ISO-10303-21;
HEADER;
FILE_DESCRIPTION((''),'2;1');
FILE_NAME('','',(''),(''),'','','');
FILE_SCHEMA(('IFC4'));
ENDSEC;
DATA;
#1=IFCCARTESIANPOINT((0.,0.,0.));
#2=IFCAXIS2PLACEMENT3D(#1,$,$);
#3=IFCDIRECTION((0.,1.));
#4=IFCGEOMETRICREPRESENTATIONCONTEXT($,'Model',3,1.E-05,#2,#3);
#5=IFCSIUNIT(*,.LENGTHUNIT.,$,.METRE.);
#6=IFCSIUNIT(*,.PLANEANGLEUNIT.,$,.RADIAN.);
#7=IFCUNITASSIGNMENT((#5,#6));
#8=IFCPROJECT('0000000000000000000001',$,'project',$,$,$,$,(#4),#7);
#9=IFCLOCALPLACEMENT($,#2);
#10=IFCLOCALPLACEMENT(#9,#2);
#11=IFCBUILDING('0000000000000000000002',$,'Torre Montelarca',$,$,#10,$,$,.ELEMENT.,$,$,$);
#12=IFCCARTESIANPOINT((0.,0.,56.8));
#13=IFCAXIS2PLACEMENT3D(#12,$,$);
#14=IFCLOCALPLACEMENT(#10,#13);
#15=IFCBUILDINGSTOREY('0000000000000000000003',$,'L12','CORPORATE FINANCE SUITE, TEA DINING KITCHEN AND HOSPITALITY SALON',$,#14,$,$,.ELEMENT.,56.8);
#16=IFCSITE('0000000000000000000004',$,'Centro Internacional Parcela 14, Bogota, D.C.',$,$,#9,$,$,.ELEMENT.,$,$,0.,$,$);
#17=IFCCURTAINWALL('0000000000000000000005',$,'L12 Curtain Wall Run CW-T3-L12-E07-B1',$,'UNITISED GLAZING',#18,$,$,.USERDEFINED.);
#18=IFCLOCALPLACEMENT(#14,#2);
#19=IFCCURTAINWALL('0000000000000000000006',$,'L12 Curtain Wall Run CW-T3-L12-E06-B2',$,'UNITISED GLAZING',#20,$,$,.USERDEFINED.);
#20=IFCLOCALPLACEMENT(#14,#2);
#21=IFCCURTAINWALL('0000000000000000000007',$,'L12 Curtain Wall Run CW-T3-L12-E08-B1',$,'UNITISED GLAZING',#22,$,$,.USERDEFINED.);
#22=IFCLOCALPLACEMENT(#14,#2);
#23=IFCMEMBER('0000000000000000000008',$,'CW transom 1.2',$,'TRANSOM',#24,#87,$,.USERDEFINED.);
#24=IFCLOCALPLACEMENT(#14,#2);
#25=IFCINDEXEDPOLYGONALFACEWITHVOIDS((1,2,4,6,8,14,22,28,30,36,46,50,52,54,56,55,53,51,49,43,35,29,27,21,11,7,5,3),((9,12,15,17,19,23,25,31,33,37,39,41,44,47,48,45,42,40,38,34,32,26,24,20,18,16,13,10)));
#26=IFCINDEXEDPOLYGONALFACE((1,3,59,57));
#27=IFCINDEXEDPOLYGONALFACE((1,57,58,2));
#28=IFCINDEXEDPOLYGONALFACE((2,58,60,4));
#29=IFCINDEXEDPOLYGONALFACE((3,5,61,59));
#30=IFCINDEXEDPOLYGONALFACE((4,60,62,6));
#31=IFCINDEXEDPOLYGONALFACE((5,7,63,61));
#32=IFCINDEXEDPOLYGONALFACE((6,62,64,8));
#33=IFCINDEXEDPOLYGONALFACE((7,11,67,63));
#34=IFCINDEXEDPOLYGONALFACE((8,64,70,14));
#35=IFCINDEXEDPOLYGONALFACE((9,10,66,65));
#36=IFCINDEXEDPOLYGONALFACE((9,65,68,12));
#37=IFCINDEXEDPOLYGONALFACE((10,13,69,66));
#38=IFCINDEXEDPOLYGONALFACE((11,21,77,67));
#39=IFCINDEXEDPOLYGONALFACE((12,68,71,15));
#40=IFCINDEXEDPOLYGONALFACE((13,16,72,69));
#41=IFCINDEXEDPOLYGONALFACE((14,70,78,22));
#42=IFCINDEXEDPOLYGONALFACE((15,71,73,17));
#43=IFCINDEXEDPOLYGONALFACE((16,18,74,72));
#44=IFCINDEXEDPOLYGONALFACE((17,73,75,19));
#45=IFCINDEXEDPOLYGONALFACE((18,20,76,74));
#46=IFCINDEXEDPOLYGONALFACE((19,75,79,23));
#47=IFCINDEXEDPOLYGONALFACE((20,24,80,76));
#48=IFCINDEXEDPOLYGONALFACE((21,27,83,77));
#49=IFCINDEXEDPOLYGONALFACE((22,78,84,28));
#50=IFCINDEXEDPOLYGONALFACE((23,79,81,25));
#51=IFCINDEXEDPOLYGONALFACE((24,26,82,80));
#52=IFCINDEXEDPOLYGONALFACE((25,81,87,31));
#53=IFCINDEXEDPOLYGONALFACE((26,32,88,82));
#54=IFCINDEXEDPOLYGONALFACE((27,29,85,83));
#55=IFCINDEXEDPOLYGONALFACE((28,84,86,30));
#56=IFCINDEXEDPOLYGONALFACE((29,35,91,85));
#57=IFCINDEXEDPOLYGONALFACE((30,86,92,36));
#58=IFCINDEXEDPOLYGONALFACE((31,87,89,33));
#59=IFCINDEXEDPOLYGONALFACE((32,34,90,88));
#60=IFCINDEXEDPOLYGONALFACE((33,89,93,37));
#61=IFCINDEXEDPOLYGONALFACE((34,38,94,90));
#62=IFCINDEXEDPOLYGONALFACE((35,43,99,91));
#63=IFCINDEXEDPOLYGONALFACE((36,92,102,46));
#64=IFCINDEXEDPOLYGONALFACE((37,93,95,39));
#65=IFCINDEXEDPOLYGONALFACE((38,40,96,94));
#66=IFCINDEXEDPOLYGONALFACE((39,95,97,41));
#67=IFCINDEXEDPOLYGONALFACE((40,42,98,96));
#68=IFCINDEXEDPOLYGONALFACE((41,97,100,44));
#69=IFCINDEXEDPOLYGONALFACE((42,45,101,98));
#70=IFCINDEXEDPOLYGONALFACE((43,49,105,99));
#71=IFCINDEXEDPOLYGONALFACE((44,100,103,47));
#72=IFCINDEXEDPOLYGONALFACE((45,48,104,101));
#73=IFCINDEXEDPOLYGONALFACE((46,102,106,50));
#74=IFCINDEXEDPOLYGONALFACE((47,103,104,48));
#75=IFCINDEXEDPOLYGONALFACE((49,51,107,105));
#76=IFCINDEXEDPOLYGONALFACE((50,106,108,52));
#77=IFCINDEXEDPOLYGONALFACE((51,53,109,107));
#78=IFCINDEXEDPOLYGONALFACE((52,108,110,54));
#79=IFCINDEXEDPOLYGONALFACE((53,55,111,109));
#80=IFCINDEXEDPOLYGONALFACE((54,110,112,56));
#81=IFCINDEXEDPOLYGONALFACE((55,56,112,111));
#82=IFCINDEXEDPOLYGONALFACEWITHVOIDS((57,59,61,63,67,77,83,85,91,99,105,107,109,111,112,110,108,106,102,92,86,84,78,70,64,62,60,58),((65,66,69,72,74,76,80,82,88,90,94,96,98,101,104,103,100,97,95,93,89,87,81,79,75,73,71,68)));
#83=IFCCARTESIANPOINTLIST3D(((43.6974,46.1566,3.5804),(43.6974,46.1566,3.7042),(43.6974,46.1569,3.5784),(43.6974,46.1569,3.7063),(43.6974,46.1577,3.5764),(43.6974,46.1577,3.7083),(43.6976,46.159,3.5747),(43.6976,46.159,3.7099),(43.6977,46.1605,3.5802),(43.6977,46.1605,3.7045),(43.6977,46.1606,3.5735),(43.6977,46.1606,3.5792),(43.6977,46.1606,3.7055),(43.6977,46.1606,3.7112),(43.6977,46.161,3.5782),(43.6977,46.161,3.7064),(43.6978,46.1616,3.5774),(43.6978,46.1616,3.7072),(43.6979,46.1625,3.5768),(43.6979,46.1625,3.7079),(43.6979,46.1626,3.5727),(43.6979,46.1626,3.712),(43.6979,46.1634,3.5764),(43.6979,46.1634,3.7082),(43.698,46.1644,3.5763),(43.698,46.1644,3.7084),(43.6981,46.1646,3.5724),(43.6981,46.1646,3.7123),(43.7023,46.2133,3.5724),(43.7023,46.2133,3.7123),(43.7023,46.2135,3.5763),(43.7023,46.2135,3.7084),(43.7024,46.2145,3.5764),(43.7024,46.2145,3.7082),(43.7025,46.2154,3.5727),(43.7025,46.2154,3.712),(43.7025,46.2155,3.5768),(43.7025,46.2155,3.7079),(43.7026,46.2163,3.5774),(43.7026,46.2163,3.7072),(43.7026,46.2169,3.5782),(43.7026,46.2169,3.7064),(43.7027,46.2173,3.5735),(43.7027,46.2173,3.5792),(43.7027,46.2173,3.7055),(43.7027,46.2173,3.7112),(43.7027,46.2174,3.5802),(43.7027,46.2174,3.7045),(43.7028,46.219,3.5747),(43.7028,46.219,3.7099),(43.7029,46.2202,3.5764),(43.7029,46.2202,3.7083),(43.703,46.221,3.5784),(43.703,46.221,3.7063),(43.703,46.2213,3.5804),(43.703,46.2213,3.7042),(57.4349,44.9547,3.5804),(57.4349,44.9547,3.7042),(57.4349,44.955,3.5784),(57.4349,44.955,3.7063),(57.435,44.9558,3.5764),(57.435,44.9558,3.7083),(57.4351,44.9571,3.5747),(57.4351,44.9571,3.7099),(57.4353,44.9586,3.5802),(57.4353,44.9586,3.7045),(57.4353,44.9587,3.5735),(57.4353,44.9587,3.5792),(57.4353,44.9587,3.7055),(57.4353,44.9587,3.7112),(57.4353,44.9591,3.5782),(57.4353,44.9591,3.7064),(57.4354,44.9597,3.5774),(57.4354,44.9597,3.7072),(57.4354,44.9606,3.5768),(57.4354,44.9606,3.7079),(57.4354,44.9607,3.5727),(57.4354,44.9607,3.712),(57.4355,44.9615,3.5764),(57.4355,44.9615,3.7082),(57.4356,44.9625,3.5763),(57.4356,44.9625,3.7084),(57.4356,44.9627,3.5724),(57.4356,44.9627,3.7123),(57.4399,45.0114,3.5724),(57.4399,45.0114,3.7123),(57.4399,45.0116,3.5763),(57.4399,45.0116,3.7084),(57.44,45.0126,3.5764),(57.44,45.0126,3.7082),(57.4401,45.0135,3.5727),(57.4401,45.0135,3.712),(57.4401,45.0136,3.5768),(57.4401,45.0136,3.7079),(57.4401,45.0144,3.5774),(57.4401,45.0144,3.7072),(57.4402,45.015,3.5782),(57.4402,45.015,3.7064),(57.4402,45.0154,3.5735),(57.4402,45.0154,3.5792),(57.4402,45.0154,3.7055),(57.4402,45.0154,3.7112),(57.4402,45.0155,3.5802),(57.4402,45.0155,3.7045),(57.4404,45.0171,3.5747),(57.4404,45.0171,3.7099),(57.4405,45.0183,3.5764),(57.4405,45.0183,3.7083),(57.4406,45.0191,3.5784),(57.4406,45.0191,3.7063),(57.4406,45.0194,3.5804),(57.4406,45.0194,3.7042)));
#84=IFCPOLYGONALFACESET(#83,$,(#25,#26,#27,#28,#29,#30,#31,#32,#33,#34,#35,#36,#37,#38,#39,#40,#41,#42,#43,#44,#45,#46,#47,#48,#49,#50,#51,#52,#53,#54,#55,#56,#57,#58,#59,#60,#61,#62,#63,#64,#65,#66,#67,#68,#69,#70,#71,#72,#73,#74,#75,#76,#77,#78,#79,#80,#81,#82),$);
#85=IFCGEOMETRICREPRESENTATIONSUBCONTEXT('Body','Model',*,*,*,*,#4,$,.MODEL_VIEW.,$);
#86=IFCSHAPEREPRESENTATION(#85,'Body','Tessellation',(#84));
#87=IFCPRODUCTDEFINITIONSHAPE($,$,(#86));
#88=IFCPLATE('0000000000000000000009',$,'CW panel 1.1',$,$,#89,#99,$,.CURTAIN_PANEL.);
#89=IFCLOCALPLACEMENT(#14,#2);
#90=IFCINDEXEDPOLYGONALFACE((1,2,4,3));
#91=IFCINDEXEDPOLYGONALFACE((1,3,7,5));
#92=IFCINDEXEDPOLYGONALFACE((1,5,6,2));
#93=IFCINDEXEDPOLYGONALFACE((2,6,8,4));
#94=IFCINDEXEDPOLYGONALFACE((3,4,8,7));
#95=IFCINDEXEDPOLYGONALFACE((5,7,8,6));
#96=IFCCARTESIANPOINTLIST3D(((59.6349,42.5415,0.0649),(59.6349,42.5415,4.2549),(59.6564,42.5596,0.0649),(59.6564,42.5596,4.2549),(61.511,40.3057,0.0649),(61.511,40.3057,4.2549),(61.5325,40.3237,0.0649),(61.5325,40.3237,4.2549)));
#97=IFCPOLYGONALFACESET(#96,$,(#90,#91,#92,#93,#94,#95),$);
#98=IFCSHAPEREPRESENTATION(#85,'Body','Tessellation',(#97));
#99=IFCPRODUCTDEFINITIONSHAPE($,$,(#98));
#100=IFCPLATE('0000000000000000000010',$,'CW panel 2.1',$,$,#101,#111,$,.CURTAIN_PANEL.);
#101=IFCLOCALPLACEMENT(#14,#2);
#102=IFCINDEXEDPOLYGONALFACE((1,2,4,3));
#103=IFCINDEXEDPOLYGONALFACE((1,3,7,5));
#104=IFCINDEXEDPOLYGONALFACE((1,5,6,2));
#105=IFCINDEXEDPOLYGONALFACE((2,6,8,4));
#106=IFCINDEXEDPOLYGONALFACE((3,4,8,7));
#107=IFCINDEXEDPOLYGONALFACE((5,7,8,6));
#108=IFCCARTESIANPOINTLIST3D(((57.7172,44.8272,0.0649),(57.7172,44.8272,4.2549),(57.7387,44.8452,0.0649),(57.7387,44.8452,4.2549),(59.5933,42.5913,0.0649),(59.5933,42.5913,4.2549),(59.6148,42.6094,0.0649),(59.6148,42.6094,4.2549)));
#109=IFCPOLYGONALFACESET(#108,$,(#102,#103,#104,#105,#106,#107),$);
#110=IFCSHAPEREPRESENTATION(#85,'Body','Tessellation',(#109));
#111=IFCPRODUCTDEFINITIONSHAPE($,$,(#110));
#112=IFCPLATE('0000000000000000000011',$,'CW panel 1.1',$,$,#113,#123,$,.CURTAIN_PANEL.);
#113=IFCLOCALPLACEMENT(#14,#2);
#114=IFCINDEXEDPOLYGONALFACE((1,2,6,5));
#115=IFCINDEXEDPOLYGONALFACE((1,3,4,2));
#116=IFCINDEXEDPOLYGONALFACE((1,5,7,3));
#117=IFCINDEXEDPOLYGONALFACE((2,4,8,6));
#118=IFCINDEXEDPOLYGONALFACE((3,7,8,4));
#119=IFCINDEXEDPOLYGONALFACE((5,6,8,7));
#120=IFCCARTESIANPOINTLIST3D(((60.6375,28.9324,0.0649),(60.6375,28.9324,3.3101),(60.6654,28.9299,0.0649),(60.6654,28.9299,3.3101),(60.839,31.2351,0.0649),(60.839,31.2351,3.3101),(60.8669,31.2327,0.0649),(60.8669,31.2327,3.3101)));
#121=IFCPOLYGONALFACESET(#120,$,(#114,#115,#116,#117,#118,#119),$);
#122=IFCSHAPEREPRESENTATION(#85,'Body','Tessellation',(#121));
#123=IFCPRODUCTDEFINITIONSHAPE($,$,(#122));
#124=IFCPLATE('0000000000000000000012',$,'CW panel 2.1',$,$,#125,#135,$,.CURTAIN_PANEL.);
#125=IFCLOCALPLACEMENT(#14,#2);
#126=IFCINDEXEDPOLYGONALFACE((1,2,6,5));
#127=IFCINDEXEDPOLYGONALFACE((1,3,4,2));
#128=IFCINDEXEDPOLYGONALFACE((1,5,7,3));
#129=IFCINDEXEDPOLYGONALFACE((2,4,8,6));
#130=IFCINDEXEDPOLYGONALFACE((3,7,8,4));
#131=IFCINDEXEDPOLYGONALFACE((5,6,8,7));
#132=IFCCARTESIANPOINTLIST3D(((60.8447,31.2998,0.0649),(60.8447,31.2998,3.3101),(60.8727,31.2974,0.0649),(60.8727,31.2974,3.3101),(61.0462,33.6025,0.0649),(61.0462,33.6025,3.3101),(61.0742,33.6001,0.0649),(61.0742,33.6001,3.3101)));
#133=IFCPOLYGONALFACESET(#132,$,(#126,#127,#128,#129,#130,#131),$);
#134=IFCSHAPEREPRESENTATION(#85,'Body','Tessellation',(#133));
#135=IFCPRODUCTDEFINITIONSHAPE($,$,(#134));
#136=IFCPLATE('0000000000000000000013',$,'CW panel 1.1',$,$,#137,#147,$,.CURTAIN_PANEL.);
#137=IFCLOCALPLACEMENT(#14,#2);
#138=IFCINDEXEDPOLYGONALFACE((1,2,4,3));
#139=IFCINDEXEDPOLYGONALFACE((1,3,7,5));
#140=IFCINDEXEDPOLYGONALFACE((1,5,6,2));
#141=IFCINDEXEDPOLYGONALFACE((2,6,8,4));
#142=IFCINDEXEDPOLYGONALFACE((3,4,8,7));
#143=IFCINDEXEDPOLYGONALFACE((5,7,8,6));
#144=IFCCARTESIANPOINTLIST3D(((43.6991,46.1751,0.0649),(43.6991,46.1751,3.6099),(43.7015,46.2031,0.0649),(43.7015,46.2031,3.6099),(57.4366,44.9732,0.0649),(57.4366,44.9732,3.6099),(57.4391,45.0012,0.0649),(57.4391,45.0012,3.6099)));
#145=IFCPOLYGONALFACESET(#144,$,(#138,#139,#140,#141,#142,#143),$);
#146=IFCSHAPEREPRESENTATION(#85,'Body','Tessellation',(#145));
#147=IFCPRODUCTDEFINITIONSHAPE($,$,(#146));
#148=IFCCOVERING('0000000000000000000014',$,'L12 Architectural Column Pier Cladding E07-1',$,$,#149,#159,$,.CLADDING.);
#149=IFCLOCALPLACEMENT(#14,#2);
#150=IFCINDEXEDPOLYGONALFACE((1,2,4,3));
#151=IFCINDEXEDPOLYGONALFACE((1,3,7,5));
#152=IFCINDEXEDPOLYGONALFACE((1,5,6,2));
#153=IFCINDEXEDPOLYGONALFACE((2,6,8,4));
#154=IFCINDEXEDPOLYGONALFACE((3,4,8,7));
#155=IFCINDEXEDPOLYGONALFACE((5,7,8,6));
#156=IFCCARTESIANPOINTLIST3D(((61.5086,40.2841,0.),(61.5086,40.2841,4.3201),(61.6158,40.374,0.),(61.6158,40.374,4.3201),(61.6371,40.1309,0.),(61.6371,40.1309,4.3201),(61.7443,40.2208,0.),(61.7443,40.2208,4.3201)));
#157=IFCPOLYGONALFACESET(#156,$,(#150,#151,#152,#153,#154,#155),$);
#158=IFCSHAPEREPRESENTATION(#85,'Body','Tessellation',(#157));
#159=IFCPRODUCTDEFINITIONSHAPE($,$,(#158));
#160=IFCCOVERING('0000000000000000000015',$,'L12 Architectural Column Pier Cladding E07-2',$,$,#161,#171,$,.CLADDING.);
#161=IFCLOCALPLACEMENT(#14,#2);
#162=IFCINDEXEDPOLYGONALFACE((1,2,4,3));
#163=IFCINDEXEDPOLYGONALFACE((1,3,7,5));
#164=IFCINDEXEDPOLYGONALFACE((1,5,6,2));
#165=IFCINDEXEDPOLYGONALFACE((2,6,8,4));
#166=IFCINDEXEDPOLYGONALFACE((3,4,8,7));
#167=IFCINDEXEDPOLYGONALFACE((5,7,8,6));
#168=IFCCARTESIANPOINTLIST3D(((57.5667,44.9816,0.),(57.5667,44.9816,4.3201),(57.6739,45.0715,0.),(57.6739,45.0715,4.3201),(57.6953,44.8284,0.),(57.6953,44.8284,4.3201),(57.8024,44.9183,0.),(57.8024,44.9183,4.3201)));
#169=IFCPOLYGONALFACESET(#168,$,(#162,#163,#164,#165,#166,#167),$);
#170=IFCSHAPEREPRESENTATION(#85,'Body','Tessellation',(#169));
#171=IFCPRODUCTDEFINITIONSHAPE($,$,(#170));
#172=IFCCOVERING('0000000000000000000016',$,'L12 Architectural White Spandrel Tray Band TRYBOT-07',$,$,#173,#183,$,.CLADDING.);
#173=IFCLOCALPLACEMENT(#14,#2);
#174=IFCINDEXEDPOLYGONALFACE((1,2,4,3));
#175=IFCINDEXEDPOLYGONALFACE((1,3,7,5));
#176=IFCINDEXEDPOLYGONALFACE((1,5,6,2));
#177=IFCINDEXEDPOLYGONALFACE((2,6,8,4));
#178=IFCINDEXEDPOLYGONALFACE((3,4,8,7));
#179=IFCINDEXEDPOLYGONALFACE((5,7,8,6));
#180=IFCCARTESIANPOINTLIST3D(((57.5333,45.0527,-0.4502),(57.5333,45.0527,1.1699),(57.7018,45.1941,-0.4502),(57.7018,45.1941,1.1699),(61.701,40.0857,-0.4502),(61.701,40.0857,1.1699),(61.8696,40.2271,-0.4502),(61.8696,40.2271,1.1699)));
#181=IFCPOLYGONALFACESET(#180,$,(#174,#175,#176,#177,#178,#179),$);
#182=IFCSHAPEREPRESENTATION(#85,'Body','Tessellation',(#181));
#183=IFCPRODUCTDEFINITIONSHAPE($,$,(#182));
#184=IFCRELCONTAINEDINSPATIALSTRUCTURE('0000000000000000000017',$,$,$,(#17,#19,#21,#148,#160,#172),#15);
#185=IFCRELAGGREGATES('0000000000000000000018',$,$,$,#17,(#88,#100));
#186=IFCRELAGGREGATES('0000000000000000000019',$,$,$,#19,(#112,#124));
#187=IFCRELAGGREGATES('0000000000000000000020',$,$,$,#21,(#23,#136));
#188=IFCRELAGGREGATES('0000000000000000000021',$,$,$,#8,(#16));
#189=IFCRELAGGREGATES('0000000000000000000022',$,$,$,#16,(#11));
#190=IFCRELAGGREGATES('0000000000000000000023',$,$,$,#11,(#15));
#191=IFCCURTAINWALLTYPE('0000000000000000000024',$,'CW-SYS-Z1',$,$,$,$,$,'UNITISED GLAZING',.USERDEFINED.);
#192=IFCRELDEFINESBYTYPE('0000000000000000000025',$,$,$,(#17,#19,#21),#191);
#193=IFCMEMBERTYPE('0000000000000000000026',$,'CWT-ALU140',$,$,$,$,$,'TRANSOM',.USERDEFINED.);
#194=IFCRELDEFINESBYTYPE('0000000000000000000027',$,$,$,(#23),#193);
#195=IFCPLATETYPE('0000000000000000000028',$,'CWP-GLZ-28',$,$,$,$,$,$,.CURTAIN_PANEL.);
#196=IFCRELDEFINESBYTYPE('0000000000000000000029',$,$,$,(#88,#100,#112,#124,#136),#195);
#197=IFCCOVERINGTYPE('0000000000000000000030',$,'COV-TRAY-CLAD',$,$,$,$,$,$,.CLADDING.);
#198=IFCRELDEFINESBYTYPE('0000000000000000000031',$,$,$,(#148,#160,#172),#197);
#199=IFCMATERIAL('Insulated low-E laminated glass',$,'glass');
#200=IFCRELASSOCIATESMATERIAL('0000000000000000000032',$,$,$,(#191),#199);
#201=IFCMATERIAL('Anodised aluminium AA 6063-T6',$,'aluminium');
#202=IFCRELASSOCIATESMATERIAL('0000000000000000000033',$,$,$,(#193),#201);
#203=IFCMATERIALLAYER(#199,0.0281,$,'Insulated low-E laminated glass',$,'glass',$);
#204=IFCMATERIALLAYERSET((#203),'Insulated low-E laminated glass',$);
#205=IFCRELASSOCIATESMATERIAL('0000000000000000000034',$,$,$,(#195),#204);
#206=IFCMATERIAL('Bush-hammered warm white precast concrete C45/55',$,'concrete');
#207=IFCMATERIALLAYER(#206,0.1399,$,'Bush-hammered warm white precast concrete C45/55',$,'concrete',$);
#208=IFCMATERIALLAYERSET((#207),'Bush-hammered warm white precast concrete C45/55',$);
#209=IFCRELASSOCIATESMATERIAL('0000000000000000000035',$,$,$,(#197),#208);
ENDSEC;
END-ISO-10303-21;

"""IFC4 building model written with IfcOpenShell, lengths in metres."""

from ifc_helpers import new_model, si_unit, direction, frame, origin, origin_2d, place, context, subcontext, project, spatial, rectangle, hollow_rectangle, extrude, source, transform, mapped, material, layer, layer_set, material_profile, profile_set, type_object, element, aggregate, save


model = new_model("IFC4")

# Units and contexts
model_context = context("Model", 3, precision=1e-05, world=origin(), true_north=direction((0.0, 1.0)))
body_context = subcontext(model_context, "Body", "Model", "MODEL_VIEW")
ifc_project = project(units=[si_unit("LENGTHUNIT", "METRE"), si_unit("PLANEANGLEUNIT", "RADIAN")], contexts=[model_context])

# Site, building, storey
site_placement = place(None, origin())
site = spatial("IfcSite", under=ifc_project, at=site_placement, Name="Centro Internacional Parcela 14, Bogota, D.C.", CompositionType="ELEMENT", RefElevation=0.0)
building_placement = place(site_placement, origin())
building = spatial("IfcBuilding", under=site, at=building_placement, Name="Torre Montelarca", CompositionType="ELEMENT")
storey_placement = place(building_placement, frame((0.0, 0.0, 56.8)))
storey = spatial("IfcBuildingStorey", under=building, at=storey_placement, Name="L12", Description="CORPORATE FINANCE SUITE, TEA DINING KITCHEN AND HOSPITALITY SALON", CompositionType="ELEMENT", Elevation=56.8)

# Curtain walls
ifc_material_1 = material(Name="Insulated low-E laminated glass", Category="glass")
curtain_wall_type = type_object("IfcCurtainWallType", Name="CW-SYS-Z1", ElementType="UNITISED GLAZING", PredefinedType="USERDEFINED", material=ifc_material_1)
curtain_wall_1_placement = place(storey_placement, origin())
curtain_wall_1 = element("IfcCurtainWall", 1, at=curtain_wall_1_placement, inside=storey, type_object=curtain_wall_type, Name="L12 Curtain Wall Run CW-T3-L12-E07-B1", ObjectType="UNITISED GLAZING", PredefinedType="USERDEFINED")
ifc_material_2 = material(Name="Anodised aluminium AA 6063-T6", Category="aluminium")
ifc_material_profile_1 = material_profile(ifc_material_2, hollow_rectangle(XDim=0.0649, YDim=0.1399, WallThickness=0.0039, InnerFilletRadius=0.0039, OuterFilletRadius=0.0081, at=origin_2d()), Name="ALU65X140X4", Category="aluminium")
ifc_profile_set_1 = profile_set([ifc_material_profile_1], Name="Anodised aluminium AA 6063-T6")
member_type_1 = type_object("IfcMemberType", Name="CWT-ALU140", ElementType="TRANSOM", PredefinedType="USERDEFINED", material=ifc_profile_set_1)
curtain_wall_2_placement = place(storey_placement, origin())
curtain_wall_2 = element("IfcCurtainWall", 2, at=curtain_wall_2_placement, inside=storey, type_object=curtain_wall_type, Name="L12 Curtain Wall Run CW-T3-L12-E06-B2", ObjectType="UNITISED GLAZING", PredefinedType="USERDEFINED")

# Curtain wall
curtain_wall_3_placement = place(storey_placement, origin())
curtain_wall_3 = element("IfcCurtainWall", 3, at=curtain_wall_3_placement, inside=storey, type_object=curtain_wall_type, Name="L12 Curtain Wall Run CW-T3-L12-E08-B1", ObjectType="UNITISED GLAZING", PredefinedType="USERDEFINED")

# Member
shared_shape_1 = source(origin(), body_context, "Body", "SweptSolid", [
    extrude(hollow_rectangle(XDim=0.0649, YDim=0.1399, WallThickness=0.0039, InnerFilletRadius=0.0039, OuterFilletRadius=0.0081, at=origin_2d()), origin(), (0.0, 0.0, 1.0), 13.79),
])
member_1_placement = place(storey_placement, frame((57.4377, 44.9871, 3.6423), z_axis=(-0.996195, 0.087158, 0.0), x_axis=(-0.087158, -0.996195, 0.0)))
member_1 = element("IfcMember", 4, at=member_1_placement, type_object=member_type_1, Name="CW transom 1.2", ObjectType="TRANSOM", PredefinedType="USERDEFINED", context=body_context, shape_type="MappedRepresentation", body=[
    mapped(shared_shape_1, transform((0.0, 0.0, 0.0), scale=1.0)),
])

# Plates
ifc_layer_1 = layer(ifc_material_1, 0.0281, Name="Insulated low-E laminated glass", Category="glass")
ifc_layer_set_1 = layer_set([ifc_layer_1], Name="Insulated low-E laminated glass")
plate_type = type_object("IfcPlateType", Name="CWP-GLZ-28", PredefinedType="CURTAIN_PANEL", material=ifc_layer_set_1)
shared_shape_2 = source(origin(), body_context, "Body", "SweptSolid", [
    extrude(rectangle(XDim=2.9187, YDim=0.0281, at=origin_2d()), origin(), (0.0, 0.0, 1.0), 4.1899),
])
plate_1_placement = place(storey_placement, frame((60.5837, 41.4326, 0.0649), z_axis=(0.0, 0.0, 1.0), x_axis=(-0.64279, 0.766043, 0.0)))
plate_1 = element("IfcPlate", 5, at=plate_1_placement, type_object=plate_type, Name="CW panel 1.1", PredefinedType="CURTAIN_PANEL", context=body_context, shape_type="MappedRepresentation", body=[
    mapped(shared_shape_2, transform((0.0, 0.0, 0.0), scale=1.0)),
])
plate_2_placement = place(storey_placement, frame((58.666, 43.7183, 0.0649), z_axis=(0.0, 0.0, 1.0), x_axis=(-0.64279, 0.766043, 0.0)))
plate_2 = element("IfcPlate", 6, at=plate_2_placement, type_object=plate_type, Name="CW panel 2.1", PredefinedType="CURTAIN_PANEL", context=body_context, shape_type="MappedRepresentation", body=[
    mapped(shared_shape_2, transform((0.0, 0.0, 0.0), scale=1.0)),
])
aggregate(curtain_wall_1, [plate_1, plate_2])
shared_shape_3 = source(origin(), body_context, "Body", "SweptSolid", [
    extrude(rectangle(XDim=2.3115, YDim=0.0281, at=origin_2d()), origin(), (0.0, 0.0, 1.0), 3.2451),
])
plate_3_placement = place(storey_placement, frame((60.7522, 30.0825, 0.0649), z_axis=(0.0, 0.0, 1.0), x_axis=(0.087174, 0.996193, 0.0)))
plate_3 = element("IfcPlate", 7, at=plate_3_placement, type_object=plate_type, Name="CW panel 1.1", PredefinedType="CURTAIN_PANEL", context=body_context, shape_type="MappedRepresentation", body=[
    mapped(shared_shape_3, transform((0.0, 0.0, 0.0), scale=1.0)),
])
plate_4_placement = place(storey_placement, frame((60.9595, 32.45, 0.0649), z_axis=(0.0, 0.0, 1.0), x_axis=(0.087174, 0.996193, 0.0)))
plate_4 = element("IfcPlate", 8, at=plate_4_placement, type_object=plate_type, Name="CW panel 2.1", PredefinedType="CURTAIN_PANEL", context=body_context, shape_type="MappedRepresentation", body=[
    mapped(shared_shape_3, transform((0.0, 0.0, 0.0), scale=1.0)),
])
aggregate(curtain_wall_2, [plate_3, plate_4])
shared_shape_4 = source(origin(), body_context, "Body", "SweptSolid", [
    extrude(rectangle(XDim=13.79, YDim=0.0281, at=origin_2d()), origin(), (0.0, 0.0, 1.0), 3.5449),
])
plate_5_placement = place(storey_placement, frame((50.5691, 45.5881, 0.0649), z_axis=(0.0, 0.0, 1.0), x_axis=(-0.996195, 0.087158, 0.0)))
plate_5 = element("IfcPlate", 9, at=plate_5_placement, type_object=plate_type, Name="CW panel 1.1", PredefinedType="CURTAIN_PANEL", context=body_context, shape_type="MappedRepresentation", body=[
    mapped(shared_shape_4, transform((0.0, 0.0, 0.0), scale=1.0)),
])
aggregate(curtain_wall_3, [member_1, plate_5])

# Coverings
ifc_material_3 = material(Name="Bush-hammered warm white precast concrete C45/55", Category="concrete")
ifc_layer_2 = layer(ifc_material_3, 0.1399, Name="Bush-hammered warm white precast concrete C45/55", Category="concrete")
ifc_layer_set_2 = layer_set([ifc_layer_2], Name="Bush-hammered warm white precast concrete C45/55")
covering_type = type_object("IfcCoveringType", Name="COV-TRAY-CLAD", PredefinedType="CLADDING", material=ifc_layer_set_2)
shared_shape_5 = source(origin(), body_context, "Body", "SweptSolid", [
    extrude(rectangle(XDim=0.2, YDim=0.1399, at=origin_2d()), origin(), (0.0, 0.0, 1.0), 4.3201),
])
for number, where, z_axis, x_axis, name in (
    (10, (61.6265, 40.2524, 0.0), (0.0, 0.0, 1.0), (-0.642794, 0.766039, 0.0), "L12 Architectural Column Pier Cladding E07-1"),
    (11, (57.6846, 44.95, 0.0), (0.0, 0.0, 1.0), (-0.642794, 0.766039, 0.0), "L12 Architectural Column Pier Cladding E07-2"),
):
    element("IfcCovering", number, at=place(storey_placement, frame(where, z_axis=z_axis, x_axis=x_axis)), inside=storey, type_object=covering_type, Name=name, PredefinedType="CLADDING", context=body_context, shape_type="MappedRepresentation", body=[
        mapped(shared_shape_5, transform((0.0, 0.0, 0.0), scale=1.0)),
    ])
shared_shape_6 = source(origin(), body_context, "Body", "SweptSolid", [
    extrude(rectangle(XDim=6.4839, YDim=0.22, at=origin_2d()), origin(), (0.0, 0.0, 1.0), 1.6201),
])
covering_1_placement = place(storey_placement, frame((59.7014, 42.6399, -0.4502), z_axis=(0.0, 0.0, 1.0), x_axis=(-0.642788, 0.766044, 0.0)))
element("IfcCovering", 12, at=covering_1_placement, inside=storey, type_object=covering_type, Name="L12 Architectural White Spandrel Tray Band TRYBOT-07", PredefinedType="CLADDING", context=body_context, shape_type="MappedRepresentation", body=[
    mapped(shared_shape_6, transform((0.0, 0.0, 0.0), scale=1.0)),
])

save(model, "model.ifc")
